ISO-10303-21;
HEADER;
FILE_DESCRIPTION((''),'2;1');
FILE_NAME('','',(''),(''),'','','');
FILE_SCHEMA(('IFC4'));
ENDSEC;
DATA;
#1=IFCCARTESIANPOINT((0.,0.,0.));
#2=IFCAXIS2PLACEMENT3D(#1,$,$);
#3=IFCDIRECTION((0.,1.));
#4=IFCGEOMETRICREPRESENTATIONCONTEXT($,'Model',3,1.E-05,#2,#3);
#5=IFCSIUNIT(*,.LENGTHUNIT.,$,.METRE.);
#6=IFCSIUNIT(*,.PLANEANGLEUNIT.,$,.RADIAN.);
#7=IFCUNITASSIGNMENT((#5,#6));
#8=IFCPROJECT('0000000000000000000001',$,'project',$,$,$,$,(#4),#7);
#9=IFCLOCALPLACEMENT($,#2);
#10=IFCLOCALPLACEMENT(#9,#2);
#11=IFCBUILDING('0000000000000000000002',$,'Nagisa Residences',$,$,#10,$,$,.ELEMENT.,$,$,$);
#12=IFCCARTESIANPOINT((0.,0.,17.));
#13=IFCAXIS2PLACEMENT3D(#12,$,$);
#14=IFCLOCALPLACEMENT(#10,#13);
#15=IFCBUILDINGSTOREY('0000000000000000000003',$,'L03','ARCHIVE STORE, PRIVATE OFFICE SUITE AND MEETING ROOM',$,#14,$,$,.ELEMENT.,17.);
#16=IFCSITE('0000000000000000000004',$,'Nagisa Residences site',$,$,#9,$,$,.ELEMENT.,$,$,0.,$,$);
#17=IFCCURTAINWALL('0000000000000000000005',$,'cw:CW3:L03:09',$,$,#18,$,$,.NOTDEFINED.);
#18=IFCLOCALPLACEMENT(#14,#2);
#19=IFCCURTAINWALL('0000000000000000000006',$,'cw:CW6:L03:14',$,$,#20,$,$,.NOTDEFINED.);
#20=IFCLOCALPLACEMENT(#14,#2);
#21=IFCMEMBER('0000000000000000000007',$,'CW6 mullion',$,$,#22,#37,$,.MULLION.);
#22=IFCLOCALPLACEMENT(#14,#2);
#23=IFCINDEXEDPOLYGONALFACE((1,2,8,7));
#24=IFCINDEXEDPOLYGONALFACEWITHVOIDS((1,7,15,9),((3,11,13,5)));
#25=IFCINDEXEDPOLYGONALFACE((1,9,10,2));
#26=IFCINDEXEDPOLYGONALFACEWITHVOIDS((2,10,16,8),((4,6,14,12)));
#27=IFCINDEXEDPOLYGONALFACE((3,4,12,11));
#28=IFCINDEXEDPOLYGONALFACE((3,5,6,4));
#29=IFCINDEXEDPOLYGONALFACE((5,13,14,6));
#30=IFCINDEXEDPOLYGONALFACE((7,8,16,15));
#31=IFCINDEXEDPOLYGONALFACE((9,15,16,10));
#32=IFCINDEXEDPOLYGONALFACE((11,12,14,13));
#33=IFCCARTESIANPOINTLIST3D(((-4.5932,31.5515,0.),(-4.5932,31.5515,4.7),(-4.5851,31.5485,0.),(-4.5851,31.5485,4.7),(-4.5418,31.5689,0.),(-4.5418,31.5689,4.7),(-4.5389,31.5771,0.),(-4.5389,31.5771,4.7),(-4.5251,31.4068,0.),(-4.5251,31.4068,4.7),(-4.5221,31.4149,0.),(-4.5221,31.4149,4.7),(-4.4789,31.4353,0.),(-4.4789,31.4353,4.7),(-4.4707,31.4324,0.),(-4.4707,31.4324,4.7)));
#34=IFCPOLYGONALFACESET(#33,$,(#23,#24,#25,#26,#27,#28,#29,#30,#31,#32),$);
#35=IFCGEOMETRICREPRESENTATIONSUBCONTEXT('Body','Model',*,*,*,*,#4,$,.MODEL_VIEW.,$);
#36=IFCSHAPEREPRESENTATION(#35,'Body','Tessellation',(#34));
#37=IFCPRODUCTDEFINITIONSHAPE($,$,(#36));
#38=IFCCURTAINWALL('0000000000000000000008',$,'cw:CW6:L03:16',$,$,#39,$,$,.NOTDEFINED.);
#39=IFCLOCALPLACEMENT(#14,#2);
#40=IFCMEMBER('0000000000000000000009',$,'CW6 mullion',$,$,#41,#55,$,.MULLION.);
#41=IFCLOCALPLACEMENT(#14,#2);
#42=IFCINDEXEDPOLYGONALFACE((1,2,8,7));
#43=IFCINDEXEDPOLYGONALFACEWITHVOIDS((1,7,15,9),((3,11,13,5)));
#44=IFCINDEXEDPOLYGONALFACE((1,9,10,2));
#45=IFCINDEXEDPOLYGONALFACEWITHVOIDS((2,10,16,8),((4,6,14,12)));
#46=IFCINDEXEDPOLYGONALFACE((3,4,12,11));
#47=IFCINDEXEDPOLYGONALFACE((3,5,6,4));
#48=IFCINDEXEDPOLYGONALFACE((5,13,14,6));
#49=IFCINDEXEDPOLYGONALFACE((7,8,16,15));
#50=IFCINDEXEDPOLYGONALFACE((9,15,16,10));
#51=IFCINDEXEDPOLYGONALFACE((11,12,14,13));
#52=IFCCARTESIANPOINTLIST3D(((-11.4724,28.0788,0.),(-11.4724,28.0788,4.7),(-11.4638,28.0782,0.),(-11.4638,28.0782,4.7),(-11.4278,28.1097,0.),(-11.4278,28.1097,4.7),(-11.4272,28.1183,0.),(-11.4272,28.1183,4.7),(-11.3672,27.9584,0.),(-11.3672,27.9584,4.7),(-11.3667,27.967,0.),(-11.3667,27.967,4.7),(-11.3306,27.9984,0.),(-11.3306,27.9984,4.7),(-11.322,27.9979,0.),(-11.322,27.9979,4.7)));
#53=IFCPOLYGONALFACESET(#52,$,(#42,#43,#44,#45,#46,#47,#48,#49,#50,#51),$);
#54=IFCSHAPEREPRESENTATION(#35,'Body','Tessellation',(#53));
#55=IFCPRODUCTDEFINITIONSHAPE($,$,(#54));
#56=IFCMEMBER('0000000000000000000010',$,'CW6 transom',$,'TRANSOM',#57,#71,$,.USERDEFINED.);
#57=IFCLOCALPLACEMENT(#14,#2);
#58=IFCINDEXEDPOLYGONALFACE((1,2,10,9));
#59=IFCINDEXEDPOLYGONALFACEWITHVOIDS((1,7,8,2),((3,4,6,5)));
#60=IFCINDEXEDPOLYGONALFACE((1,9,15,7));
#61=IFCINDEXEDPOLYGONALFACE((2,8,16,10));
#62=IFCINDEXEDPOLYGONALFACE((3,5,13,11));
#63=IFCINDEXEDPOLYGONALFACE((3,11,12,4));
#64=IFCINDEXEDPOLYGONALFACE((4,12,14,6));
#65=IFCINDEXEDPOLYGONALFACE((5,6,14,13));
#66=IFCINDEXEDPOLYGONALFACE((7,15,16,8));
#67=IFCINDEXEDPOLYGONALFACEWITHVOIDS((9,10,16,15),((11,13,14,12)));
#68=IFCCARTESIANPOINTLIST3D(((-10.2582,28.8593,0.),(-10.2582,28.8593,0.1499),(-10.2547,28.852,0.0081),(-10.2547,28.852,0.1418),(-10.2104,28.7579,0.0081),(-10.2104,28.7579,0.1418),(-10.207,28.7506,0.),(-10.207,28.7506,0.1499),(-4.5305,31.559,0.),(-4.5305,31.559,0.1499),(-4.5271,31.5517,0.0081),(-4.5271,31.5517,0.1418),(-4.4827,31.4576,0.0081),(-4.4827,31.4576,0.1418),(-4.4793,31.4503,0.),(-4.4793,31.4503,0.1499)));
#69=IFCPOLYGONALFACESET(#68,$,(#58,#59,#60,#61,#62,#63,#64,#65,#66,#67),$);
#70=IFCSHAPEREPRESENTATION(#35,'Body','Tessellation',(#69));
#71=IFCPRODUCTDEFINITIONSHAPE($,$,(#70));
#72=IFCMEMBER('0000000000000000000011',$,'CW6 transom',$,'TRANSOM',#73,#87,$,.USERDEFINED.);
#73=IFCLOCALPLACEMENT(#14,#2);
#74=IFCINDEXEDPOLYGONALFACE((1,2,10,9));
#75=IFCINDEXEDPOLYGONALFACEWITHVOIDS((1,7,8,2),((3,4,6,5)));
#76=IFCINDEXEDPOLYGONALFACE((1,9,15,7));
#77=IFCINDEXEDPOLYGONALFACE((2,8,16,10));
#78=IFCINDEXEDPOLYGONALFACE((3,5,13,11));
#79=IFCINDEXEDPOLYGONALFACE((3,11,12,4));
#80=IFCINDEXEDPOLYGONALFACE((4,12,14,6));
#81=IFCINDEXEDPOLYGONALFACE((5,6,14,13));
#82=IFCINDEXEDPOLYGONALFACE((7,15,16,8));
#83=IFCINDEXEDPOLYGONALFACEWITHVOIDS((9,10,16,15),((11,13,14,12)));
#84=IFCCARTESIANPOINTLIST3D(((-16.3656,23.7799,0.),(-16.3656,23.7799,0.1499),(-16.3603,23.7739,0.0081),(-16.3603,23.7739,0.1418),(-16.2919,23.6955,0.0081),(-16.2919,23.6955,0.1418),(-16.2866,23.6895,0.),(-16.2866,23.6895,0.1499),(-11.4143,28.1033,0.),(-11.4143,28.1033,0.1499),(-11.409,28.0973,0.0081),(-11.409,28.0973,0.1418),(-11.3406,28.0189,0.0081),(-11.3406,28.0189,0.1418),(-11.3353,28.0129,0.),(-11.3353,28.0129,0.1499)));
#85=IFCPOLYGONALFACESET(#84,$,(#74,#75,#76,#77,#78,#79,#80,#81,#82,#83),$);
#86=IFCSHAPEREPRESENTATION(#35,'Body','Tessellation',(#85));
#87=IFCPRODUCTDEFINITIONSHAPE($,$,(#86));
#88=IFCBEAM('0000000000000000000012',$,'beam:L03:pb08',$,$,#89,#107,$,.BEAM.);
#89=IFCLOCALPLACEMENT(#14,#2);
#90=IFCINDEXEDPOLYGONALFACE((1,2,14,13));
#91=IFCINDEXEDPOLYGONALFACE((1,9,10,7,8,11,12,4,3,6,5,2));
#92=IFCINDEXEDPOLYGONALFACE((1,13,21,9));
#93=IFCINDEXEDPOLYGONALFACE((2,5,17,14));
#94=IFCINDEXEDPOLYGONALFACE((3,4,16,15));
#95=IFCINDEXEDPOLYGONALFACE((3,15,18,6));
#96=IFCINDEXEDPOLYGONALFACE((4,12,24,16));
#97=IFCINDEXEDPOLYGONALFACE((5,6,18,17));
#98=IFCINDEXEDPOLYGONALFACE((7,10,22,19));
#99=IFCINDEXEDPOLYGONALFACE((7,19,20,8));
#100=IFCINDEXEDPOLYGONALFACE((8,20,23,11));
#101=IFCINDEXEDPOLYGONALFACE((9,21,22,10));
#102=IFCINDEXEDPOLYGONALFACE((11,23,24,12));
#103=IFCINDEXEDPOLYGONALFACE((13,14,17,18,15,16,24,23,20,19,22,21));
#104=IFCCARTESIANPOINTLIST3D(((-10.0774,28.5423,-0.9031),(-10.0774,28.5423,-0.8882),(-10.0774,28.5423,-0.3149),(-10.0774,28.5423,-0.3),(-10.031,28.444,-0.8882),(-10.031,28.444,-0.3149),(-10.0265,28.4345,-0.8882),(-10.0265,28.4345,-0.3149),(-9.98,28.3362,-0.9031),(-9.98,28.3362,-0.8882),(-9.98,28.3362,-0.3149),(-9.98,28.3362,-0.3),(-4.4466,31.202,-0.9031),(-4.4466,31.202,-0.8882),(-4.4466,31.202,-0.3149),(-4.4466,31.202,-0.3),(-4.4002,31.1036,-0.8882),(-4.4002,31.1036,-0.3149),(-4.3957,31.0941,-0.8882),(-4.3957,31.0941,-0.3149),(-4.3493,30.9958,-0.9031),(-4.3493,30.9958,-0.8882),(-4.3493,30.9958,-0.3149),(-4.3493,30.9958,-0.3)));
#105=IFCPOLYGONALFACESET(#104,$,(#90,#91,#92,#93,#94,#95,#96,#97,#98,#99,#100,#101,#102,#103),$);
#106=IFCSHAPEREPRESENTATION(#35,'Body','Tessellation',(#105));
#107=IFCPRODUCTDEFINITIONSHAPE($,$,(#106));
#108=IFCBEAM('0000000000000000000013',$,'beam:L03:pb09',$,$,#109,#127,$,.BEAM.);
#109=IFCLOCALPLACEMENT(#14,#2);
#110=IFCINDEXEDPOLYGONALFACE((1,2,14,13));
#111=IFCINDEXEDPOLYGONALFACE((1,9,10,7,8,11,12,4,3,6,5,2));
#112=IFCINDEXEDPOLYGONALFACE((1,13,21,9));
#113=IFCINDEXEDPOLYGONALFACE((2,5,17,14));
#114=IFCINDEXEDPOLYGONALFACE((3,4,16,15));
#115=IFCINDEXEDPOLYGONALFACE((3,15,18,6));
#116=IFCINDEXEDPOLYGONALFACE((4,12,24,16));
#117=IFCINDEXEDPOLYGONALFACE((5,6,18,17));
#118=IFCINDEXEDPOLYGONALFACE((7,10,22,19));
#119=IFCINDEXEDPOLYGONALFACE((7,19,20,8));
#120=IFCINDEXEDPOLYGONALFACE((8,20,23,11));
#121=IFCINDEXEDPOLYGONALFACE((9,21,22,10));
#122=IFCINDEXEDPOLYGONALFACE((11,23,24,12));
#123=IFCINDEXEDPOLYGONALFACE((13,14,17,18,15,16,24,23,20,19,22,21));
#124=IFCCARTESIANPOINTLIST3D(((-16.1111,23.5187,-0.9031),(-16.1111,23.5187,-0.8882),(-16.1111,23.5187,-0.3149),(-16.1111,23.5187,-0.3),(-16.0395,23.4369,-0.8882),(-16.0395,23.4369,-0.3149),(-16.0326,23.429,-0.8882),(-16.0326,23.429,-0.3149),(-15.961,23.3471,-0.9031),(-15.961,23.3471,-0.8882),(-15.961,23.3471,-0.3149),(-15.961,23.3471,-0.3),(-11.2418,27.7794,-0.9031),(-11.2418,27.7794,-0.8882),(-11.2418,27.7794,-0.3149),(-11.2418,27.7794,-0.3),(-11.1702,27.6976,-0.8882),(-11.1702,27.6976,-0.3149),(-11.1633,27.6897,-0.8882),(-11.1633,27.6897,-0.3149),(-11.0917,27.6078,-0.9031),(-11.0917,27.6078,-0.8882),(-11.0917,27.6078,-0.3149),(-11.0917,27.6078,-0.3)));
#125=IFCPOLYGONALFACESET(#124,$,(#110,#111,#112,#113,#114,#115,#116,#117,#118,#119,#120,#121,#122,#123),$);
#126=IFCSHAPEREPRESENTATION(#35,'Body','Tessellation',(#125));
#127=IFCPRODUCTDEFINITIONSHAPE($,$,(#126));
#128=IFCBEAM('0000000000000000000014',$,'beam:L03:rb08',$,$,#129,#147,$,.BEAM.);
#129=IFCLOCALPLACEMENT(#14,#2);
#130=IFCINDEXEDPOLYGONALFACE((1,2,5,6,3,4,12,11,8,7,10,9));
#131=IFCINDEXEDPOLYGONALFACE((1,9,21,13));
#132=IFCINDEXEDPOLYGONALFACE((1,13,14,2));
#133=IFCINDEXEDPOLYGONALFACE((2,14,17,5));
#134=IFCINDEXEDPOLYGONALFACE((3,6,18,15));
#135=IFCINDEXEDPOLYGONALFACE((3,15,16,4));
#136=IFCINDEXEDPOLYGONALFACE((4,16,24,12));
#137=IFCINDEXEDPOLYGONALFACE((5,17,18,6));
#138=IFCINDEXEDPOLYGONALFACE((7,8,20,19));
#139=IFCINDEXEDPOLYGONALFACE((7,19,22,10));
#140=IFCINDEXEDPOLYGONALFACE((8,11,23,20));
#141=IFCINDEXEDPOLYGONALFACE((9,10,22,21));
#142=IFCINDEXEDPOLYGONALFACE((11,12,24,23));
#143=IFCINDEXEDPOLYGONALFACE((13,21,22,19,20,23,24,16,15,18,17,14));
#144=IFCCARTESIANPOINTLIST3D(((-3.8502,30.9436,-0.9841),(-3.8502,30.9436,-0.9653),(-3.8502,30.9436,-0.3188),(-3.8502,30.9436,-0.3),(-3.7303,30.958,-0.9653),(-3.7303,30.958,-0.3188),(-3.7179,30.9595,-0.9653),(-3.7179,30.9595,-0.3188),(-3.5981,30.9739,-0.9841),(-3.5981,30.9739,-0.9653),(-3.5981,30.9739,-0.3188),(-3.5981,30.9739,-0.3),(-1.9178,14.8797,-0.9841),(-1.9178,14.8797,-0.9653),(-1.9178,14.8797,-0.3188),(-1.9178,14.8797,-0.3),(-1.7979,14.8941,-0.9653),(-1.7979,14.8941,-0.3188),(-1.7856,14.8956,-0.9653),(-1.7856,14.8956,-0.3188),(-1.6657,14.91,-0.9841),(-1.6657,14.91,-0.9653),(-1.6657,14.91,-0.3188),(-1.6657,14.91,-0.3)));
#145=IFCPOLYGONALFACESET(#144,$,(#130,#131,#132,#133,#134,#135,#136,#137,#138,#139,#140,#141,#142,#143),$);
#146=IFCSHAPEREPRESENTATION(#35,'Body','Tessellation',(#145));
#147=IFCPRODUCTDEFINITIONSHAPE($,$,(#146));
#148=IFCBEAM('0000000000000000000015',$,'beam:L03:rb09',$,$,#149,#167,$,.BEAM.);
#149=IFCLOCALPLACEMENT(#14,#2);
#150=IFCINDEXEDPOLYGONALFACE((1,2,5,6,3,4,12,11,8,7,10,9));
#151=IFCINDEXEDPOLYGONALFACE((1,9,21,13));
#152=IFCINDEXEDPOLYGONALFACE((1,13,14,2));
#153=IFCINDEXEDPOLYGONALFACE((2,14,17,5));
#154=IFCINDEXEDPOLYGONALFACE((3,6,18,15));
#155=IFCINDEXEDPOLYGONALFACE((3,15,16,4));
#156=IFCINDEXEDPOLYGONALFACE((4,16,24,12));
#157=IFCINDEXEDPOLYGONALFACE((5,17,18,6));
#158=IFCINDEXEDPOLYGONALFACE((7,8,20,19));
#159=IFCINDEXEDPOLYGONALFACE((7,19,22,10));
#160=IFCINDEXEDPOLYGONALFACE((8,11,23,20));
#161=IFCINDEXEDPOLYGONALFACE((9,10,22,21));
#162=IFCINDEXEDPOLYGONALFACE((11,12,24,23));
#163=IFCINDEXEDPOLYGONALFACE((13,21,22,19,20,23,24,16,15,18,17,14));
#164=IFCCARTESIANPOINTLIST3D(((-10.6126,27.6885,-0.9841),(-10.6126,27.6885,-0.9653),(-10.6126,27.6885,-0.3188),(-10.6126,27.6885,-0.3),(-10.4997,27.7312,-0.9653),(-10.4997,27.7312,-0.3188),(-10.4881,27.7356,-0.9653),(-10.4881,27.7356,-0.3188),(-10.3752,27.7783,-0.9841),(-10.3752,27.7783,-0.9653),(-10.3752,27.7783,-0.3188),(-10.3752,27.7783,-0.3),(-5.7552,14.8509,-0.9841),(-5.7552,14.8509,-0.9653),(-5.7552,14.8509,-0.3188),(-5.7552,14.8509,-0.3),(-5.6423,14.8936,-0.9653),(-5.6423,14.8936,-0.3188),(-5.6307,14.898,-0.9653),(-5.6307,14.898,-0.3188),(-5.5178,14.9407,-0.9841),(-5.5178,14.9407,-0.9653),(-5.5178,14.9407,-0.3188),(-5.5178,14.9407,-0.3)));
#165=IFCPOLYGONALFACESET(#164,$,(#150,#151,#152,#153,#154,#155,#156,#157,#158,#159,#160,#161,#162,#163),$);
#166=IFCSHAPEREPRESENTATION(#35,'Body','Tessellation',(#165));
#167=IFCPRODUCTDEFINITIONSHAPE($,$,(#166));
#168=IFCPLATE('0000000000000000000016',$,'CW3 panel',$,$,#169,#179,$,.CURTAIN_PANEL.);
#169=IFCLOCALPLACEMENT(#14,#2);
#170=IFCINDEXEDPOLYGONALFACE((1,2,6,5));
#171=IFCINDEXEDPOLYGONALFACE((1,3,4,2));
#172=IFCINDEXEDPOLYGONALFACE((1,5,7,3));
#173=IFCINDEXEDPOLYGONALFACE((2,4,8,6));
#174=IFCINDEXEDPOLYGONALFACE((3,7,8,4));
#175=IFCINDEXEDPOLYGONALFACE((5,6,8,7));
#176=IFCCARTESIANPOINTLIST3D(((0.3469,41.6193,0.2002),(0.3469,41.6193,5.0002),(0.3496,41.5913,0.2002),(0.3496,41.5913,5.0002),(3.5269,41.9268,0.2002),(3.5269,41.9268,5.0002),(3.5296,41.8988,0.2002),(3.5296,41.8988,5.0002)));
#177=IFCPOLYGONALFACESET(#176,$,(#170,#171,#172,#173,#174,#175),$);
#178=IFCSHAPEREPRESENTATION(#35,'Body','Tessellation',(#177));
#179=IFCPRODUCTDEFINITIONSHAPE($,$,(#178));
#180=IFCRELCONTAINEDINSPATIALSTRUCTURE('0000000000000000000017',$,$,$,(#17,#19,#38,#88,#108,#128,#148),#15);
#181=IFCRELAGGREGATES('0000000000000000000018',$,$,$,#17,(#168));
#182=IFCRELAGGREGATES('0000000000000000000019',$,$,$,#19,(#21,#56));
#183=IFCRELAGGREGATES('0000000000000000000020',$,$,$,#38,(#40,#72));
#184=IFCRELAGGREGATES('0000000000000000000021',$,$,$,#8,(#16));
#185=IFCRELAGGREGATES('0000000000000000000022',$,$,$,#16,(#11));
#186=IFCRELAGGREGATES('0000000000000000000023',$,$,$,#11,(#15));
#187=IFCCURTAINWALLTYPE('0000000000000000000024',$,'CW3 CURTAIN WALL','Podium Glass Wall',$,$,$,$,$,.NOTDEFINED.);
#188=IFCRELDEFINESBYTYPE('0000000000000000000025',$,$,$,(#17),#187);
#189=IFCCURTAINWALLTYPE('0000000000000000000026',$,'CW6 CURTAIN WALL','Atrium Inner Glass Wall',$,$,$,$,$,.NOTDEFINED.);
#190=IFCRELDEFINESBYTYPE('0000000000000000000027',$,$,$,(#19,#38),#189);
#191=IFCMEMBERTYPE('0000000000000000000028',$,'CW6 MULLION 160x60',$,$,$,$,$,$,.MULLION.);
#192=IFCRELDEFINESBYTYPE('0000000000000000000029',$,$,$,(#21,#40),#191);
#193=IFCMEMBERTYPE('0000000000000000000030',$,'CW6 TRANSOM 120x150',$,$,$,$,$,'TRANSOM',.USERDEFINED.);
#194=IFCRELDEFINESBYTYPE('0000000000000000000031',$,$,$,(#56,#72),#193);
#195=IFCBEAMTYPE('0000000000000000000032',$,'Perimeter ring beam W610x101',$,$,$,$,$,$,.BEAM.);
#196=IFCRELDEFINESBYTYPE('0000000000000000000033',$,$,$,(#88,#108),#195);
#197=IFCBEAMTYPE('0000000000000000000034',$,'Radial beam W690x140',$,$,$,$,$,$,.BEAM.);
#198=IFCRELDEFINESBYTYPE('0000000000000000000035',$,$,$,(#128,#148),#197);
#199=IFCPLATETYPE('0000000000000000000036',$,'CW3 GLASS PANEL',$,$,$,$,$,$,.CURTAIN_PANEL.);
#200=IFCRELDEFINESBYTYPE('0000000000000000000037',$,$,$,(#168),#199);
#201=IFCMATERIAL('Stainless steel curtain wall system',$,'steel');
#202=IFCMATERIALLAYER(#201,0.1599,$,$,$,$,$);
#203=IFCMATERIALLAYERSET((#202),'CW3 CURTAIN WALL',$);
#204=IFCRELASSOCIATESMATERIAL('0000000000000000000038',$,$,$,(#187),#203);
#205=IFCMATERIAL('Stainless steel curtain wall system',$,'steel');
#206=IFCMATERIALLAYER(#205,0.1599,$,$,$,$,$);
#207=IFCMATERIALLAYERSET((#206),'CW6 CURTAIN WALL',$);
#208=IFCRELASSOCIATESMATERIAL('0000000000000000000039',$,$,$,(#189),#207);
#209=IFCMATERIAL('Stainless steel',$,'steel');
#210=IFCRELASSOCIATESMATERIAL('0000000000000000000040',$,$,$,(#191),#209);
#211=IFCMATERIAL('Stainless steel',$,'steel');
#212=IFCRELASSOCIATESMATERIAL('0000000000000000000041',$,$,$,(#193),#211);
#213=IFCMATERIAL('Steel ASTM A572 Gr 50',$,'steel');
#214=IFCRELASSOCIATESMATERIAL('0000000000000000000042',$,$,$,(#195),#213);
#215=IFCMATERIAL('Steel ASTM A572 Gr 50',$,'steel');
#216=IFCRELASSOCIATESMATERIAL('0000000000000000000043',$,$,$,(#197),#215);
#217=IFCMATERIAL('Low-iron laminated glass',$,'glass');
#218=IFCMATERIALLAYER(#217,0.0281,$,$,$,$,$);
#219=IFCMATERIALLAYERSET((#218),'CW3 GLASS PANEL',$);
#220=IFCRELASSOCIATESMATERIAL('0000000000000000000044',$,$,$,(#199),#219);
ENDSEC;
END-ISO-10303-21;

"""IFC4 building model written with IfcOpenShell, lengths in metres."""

from ifc_helpers import new_model, si_unit, direction, frame, origin, origin_2d, place, context, subcontext, project, spatial, rectangle, hollow_rectangle, i_section, extrude, material, layer, layer_set, material_profile, profile_set, type_object, element, aggregate, save


model = new_model("IFC4")

# Units and contexts
model_context = context("Model", 3, precision=1e-05, world=origin(), true_north=direction((0.0, 1.0)))
body_context = subcontext(model_context, "Body", "Model", "MODEL_VIEW")
ifc_project = project(units=[si_unit("LENGTHUNIT", "METRE"), si_unit("PLANEANGLEUNIT", "RADIAN")], contexts=[model_context])

# Site, building, storey
site_placement = place(None, origin())
site = spatial("IfcSite", under=ifc_project, at=site_placement, Name="Nagisa Residences site", CompositionType="ELEMENT", RefElevation=0.0)
building_placement = place(site_placement, origin())
building = spatial("IfcBuilding", under=site, at=building_placement, Name="Nagisa Residences", CompositionType="ELEMENT")
storey_placement = place(building_placement, frame((0.0, 0.0, 17.0)))
storey = spatial("IfcBuildingStorey", under=building, at=storey_placement, Name="L03", Description="ARCHIVE STORE, PRIVATE OFFICE SUITE AND MEETING ROOM", CompositionType="ELEMENT", Elevation=17.0)

# Curtain wall
ifc_material_1 = material(Name="Stainless steel curtain wall system", Category="steel")
ifc_layer_1 = layer(ifc_material_1, 0.1599)
ifc_layer_set_1 = layer_set([ifc_layer_1], Name="CW3 CURTAIN WALL")
curtain_wall_type_1 = type_object("IfcCurtainWallType", Name="CW3 CURTAIN WALL", Description="Podium Glass Wall", PredefinedType="NOTDEFINED", material=ifc_layer_set_1)
curtain_wall_1_placement = place(storey_placement, origin())
curtain_wall_1 = element("IfcCurtainWall", 1, at=curtain_wall_1_placement, inside=storey, type_object=curtain_wall_type_1, Name="cw:CW3:L03:09", PredefinedType="NOTDEFINED")

# Curtain walls, members
ifc_material_2 = material(Name="Stainless steel curtain wall system", Category="steel")
ifc_layer_2 = layer(ifc_material_2, 0.1599)
ifc_layer_set_2 = layer_set([ifc_layer_2], Name="CW6 CURTAIN WALL")
curtain_wall_type_2 = type_object("IfcCurtainWallType", Name="CW6 CURTAIN WALL", Description="Atrium Inner Glass Wall", PredefinedType="NOTDEFINED", material=ifc_layer_set_2)
ifc_material_3 = material(Name="Stainless steel", Category="steel")
ifc_material_profile_1 = material_profile(ifc_material_3, hollow_rectangle(XDim=0.1599, YDim=0.0601, WallThickness=0.0061, at=origin_2d()), Name="CW6 MULLION 160x60")
ifc_profile_set_1 = profile_set([ifc_material_profile_1], Name="Stainless steel")
member_type_1 = type_object("IfcMemberType", Name="CW6 MULLION 160x60", PredefinedType="MULLION", material=ifc_profile_set_1)
curtain_wall_2_placement = place(storey_placement, origin())
curtain_wall_2 = element("IfcCurtainWall", 2, at=curtain_wall_2_placement, inside=storey, type_object=curtain_wall_type_2, Name="cw:CW6:L03:14", PredefinedType="NOTDEFINED")
member_1_placement = place(storey_placement, frame((-4.532, 31.4919, 0.0), z_axis=(0.0, 0.0, 1.0), x_axis=(0.426358, -0.904554, 0.0)))
member_1 = element("IfcMember", 3, at=member_1_placement, type_object=member_type_1, Name="CW6 mullion", PredefinedType="MULLION", context=body_context, shape_type="SweptSolid", body=[
    extrude(hollow_rectangle(XDim=0.1599, YDim=0.0601, WallThickness=0.0061, at=origin_2d()), origin(), (0.0, 0.0, 1.0), 4.7),
])
curtain_wall_3_placement = place(storey_placement, origin())
curtain_wall_3 = element("IfcCurtainWall", 4, at=curtain_wall_3_placement, inside=storey, type_object=curtain_wall_type_2, Name="cw:CW6:L03:16", PredefinedType="NOTDEFINED")
member_2_placement = place(storey_placement, frame((-11.3972, 28.0383, 0.0), z_axis=(0.0, 0.0, 1.0), x_axis=(0.657721, -0.753261, 0.0)))
member_2 = element("IfcMember", 5, at=member_2_placement, type_object=member_type_1, Name="CW6 mullion", PredefinedType="MULLION", context=body_context, shape_type="SweptSolid", body=[
    extrude(hollow_rectangle(XDim=0.1599, YDim=0.0601, WallThickness=0.0061, at=origin_2d()), origin(), (0.0, 0.0, 1.0), 4.7),
])

# Members
ifc_material_4 = material(Name="Stainless steel", Category="steel")
ifc_material_profile_2 = material_profile(ifc_material_4, hollow_rectangle(XDim=0.1201, YDim=0.1499, WallThickness=0.0081, at=origin_2d()), Name="CW6 TRANSOM 120x150")
ifc_profile_set_2 = profile_set([ifc_material_profile_2], Name="Stainless steel")
member_type_2 = type_object("IfcMemberType", Name="CW6 TRANSOM 120x150", ElementType="TRANSOM", PredefinedType="USERDEFINED", material=ifc_profile_set_2)
member_3_placement = place(storey_placement, frame((-4.5049, 31.5046, 0.075), z_axis=(-0.904558, -0.42635, 0.0), x_axis=(0.42635, -0.904558, 0.0)))
member_3 = element("IfcMember", 6, at=member_3_placement, type_object=member_type_2, Name="CW6 transom", ObjectType="TRANSOM", PredefinedType="USERDEFINED", context=body_context, shape_type="SweptSolid", body=[
    extrude(hollow_rectangle(XDim=0.1201, YDim=0.1499, WallThickness=0.0081, at=origin_2d()), origin(), (0.0, 0.0, 1.0), 6.332),
])
member_4_placement = place(storey_placement, frame((-11.3748, 28.0581, 0.075), z_axis=(-0.753255, -0.657729, 0.0), x_axis=(0.657729, -0.753255, 0.0)))
member_4 = element("IfcMember", 7, at=member_4_placement, type_object=member_type_2, Name="CW6 transom", ObjectType="TRANSOM", PredefinedType="USERDEFINED", context=body_context, shape_type="SweptSolid", body=[
    extrude(hollow_rectangle(XDim=0.1201, YDim=0.1499, WallThickness=0.0081, at=origin_2d()), origin(), (0.0, 0.0, 1.0), 6.5732),
])

# Beams
ifc_material_5 = material(Name="Steel ASTM A572 Gr 50", Category="steel")
ifc_material_profile_3 = material_profile(ifc_material_5, i_section(OverallWidth=0.228, OverallDepth=0.603, WebThickness=0.0105, FlangeThickness=0.0149, at=origin_2d()), Name="W610x101")
ifc_profile_set_3 = profile_set([ifc_material_profile_3], Name="Steel ASTM A572 Gr 50")
beam_type_1 = type_object("IfcBeamType", Name="Perimeter ring beam W610x101", PredefinedType="BEAM", material=ifc_profile_set_3)
beam_1_placement = place(storey_placement, frame((-4.3979, 31.0989, -0.6016), z_axis=(-0.904208, -0.427092, 0.0), x_axis=(0.427092, -0.904208, 0.0)))
element("IfcBeam", 8, at=beam_1_placement, inside=storey, type_object=beam_type_1, Name="beam:L03:pb08", PredefinedType="BEAM", context=body_context, shape_type="SweptSolid", body=[
    extrude(i_section(OverallWidth=0.228, OverallDepth=0.603, WebThickness=0.0105, FlangeThickness=0.0149, at=origin_2d()), origin(), (0.0, 0.0, 1.0), 6.2273),
])
beam_2_placement = place(storey_placement, frame((-11.1667, 27.6936, -0.6016), z_axis=(-0.752574, -0.658507, 0.0), x_axis=(0.658507, -0.752574, 0.0)))
element("IfcBeam", 9, at=beam_2_placement, inside=storey, type_object=beam_type_1, Name="beam:L03:pb09", PredefinedType="BEAM", context=body_context, shape_type="SweptSolid", body=[
    extrude(i_section(OverallWidth=0.228, OverallDepth=0.603, WebThickness=0.0105, FlangeThickness=0.0149, at=origin_2d()), origin(), (0.0, 0.0, 1.0), 6.4702),
])
ifc_material_6 = material(Name="Steel ASTM A572 Gr 50", Category="steel")
ifc_material_profile_4 = material_profile(ifc_material_6, i_section(OverallWidth=0.2539, OverallDepth=0.6841, WebThickness=0.0125, FlangeThickness=0.0188, at=origin_2d()), Name="W690x140")
ifc_profile_set_4 = profile_set([ifc_material_profile_4], Name="Steel ASTM A572 Gr 50")
beam_type_2 = type_object("IfcBeamType", Name="Radial beam W690x140", PredefinedType="BEAM", material=ifc_profile_set_4)
beam_3_placement = place(storey_placement, frame((-3.7241, 30.9587, -0.6421), z_axis=(0.119431, -0.992842, 0.0), x_axis=(0.992842, 0.119431, 0.0)))
element("IfcBeam", 10, at=beam_3_placement, inside=storey, type_object=beam_type_2, Name="beam:L03:rb08", PredefinedType="BEAM", context=body_context, shape_type="SweptSolid", body=[
    extrude(i_section(OverallWidth=0.2539, OverallDepth=0.6841, WebThickness=0.0125, FlangeThickness=0.0188, at=origin_2d()), origin(), (0.0, 0.0, 1.0), 16.1797),
])
beam_4_placement = place(storey_placement, frame((-10.4939, 27.7334, -0.6421), z_axis=(0.353888, -0.935288, 0.0), x_axis=(0.935288, 0.353888, 0.0)))
element("IfcBeam", 11, at=beam_4_placement, inside=storey, type_object=beam_type_2, Name="beam:L03:rb09", PredefinedType="BEAM", context=body_context, shape_type="SweptSolid", body=[
    extrude(i_section(OverallWidth=0.2539, OverallDepth=0.6841, WebThickness=0.0125, FlangeThickness=0.0188, at=origin_2d()), origin(), (0.0, 0.0, 1.0), 13.7258),
])

# Plate
ifc_material_7 = material(Name="Low-iron laminated glass", Category="glass")
ifc_layer_3 = layer(ifc_material_7, 0.0281)
ifc_layer_set_3 = layer_set([ifc_layer_3], Name="CW3 GLASS PANEL")
plate_type_1 = type_object("IfcPlateType", Name="CW3 GLASS PANEL", PredefinedType="CURTAIN_PANEL", material=ifc_layer_set_3)
plate_1_placement = place(storey_placement, frame((1.9382, 41.759, 0.2002), z_axis=(0.0, 0.0, 1.0), x_axis=(-0.995357, -0.096249, 0.0)))
plate_1 = element("IfcPlate", 12, at=plate_1_placement, type_object=plate_type_1, Name="CW3 panel", PredefinedType="CURTAIN_PANEL", context=body_context, shape_type="SweptSolid", body=[
    extrude(rectangle(XDim=3.1948, YDim=0.0281, at=origin_2d()), origin(), (0.0, 0.0, 1.0), 4.8),
])
aggregate(curtain_wall_1, [plate_1])
aggregate(curtain_wall_2, [member_1, member_3])
aggregate(curtain_wall_3, [member_2, member_4])

save(model, "model.ifc")
